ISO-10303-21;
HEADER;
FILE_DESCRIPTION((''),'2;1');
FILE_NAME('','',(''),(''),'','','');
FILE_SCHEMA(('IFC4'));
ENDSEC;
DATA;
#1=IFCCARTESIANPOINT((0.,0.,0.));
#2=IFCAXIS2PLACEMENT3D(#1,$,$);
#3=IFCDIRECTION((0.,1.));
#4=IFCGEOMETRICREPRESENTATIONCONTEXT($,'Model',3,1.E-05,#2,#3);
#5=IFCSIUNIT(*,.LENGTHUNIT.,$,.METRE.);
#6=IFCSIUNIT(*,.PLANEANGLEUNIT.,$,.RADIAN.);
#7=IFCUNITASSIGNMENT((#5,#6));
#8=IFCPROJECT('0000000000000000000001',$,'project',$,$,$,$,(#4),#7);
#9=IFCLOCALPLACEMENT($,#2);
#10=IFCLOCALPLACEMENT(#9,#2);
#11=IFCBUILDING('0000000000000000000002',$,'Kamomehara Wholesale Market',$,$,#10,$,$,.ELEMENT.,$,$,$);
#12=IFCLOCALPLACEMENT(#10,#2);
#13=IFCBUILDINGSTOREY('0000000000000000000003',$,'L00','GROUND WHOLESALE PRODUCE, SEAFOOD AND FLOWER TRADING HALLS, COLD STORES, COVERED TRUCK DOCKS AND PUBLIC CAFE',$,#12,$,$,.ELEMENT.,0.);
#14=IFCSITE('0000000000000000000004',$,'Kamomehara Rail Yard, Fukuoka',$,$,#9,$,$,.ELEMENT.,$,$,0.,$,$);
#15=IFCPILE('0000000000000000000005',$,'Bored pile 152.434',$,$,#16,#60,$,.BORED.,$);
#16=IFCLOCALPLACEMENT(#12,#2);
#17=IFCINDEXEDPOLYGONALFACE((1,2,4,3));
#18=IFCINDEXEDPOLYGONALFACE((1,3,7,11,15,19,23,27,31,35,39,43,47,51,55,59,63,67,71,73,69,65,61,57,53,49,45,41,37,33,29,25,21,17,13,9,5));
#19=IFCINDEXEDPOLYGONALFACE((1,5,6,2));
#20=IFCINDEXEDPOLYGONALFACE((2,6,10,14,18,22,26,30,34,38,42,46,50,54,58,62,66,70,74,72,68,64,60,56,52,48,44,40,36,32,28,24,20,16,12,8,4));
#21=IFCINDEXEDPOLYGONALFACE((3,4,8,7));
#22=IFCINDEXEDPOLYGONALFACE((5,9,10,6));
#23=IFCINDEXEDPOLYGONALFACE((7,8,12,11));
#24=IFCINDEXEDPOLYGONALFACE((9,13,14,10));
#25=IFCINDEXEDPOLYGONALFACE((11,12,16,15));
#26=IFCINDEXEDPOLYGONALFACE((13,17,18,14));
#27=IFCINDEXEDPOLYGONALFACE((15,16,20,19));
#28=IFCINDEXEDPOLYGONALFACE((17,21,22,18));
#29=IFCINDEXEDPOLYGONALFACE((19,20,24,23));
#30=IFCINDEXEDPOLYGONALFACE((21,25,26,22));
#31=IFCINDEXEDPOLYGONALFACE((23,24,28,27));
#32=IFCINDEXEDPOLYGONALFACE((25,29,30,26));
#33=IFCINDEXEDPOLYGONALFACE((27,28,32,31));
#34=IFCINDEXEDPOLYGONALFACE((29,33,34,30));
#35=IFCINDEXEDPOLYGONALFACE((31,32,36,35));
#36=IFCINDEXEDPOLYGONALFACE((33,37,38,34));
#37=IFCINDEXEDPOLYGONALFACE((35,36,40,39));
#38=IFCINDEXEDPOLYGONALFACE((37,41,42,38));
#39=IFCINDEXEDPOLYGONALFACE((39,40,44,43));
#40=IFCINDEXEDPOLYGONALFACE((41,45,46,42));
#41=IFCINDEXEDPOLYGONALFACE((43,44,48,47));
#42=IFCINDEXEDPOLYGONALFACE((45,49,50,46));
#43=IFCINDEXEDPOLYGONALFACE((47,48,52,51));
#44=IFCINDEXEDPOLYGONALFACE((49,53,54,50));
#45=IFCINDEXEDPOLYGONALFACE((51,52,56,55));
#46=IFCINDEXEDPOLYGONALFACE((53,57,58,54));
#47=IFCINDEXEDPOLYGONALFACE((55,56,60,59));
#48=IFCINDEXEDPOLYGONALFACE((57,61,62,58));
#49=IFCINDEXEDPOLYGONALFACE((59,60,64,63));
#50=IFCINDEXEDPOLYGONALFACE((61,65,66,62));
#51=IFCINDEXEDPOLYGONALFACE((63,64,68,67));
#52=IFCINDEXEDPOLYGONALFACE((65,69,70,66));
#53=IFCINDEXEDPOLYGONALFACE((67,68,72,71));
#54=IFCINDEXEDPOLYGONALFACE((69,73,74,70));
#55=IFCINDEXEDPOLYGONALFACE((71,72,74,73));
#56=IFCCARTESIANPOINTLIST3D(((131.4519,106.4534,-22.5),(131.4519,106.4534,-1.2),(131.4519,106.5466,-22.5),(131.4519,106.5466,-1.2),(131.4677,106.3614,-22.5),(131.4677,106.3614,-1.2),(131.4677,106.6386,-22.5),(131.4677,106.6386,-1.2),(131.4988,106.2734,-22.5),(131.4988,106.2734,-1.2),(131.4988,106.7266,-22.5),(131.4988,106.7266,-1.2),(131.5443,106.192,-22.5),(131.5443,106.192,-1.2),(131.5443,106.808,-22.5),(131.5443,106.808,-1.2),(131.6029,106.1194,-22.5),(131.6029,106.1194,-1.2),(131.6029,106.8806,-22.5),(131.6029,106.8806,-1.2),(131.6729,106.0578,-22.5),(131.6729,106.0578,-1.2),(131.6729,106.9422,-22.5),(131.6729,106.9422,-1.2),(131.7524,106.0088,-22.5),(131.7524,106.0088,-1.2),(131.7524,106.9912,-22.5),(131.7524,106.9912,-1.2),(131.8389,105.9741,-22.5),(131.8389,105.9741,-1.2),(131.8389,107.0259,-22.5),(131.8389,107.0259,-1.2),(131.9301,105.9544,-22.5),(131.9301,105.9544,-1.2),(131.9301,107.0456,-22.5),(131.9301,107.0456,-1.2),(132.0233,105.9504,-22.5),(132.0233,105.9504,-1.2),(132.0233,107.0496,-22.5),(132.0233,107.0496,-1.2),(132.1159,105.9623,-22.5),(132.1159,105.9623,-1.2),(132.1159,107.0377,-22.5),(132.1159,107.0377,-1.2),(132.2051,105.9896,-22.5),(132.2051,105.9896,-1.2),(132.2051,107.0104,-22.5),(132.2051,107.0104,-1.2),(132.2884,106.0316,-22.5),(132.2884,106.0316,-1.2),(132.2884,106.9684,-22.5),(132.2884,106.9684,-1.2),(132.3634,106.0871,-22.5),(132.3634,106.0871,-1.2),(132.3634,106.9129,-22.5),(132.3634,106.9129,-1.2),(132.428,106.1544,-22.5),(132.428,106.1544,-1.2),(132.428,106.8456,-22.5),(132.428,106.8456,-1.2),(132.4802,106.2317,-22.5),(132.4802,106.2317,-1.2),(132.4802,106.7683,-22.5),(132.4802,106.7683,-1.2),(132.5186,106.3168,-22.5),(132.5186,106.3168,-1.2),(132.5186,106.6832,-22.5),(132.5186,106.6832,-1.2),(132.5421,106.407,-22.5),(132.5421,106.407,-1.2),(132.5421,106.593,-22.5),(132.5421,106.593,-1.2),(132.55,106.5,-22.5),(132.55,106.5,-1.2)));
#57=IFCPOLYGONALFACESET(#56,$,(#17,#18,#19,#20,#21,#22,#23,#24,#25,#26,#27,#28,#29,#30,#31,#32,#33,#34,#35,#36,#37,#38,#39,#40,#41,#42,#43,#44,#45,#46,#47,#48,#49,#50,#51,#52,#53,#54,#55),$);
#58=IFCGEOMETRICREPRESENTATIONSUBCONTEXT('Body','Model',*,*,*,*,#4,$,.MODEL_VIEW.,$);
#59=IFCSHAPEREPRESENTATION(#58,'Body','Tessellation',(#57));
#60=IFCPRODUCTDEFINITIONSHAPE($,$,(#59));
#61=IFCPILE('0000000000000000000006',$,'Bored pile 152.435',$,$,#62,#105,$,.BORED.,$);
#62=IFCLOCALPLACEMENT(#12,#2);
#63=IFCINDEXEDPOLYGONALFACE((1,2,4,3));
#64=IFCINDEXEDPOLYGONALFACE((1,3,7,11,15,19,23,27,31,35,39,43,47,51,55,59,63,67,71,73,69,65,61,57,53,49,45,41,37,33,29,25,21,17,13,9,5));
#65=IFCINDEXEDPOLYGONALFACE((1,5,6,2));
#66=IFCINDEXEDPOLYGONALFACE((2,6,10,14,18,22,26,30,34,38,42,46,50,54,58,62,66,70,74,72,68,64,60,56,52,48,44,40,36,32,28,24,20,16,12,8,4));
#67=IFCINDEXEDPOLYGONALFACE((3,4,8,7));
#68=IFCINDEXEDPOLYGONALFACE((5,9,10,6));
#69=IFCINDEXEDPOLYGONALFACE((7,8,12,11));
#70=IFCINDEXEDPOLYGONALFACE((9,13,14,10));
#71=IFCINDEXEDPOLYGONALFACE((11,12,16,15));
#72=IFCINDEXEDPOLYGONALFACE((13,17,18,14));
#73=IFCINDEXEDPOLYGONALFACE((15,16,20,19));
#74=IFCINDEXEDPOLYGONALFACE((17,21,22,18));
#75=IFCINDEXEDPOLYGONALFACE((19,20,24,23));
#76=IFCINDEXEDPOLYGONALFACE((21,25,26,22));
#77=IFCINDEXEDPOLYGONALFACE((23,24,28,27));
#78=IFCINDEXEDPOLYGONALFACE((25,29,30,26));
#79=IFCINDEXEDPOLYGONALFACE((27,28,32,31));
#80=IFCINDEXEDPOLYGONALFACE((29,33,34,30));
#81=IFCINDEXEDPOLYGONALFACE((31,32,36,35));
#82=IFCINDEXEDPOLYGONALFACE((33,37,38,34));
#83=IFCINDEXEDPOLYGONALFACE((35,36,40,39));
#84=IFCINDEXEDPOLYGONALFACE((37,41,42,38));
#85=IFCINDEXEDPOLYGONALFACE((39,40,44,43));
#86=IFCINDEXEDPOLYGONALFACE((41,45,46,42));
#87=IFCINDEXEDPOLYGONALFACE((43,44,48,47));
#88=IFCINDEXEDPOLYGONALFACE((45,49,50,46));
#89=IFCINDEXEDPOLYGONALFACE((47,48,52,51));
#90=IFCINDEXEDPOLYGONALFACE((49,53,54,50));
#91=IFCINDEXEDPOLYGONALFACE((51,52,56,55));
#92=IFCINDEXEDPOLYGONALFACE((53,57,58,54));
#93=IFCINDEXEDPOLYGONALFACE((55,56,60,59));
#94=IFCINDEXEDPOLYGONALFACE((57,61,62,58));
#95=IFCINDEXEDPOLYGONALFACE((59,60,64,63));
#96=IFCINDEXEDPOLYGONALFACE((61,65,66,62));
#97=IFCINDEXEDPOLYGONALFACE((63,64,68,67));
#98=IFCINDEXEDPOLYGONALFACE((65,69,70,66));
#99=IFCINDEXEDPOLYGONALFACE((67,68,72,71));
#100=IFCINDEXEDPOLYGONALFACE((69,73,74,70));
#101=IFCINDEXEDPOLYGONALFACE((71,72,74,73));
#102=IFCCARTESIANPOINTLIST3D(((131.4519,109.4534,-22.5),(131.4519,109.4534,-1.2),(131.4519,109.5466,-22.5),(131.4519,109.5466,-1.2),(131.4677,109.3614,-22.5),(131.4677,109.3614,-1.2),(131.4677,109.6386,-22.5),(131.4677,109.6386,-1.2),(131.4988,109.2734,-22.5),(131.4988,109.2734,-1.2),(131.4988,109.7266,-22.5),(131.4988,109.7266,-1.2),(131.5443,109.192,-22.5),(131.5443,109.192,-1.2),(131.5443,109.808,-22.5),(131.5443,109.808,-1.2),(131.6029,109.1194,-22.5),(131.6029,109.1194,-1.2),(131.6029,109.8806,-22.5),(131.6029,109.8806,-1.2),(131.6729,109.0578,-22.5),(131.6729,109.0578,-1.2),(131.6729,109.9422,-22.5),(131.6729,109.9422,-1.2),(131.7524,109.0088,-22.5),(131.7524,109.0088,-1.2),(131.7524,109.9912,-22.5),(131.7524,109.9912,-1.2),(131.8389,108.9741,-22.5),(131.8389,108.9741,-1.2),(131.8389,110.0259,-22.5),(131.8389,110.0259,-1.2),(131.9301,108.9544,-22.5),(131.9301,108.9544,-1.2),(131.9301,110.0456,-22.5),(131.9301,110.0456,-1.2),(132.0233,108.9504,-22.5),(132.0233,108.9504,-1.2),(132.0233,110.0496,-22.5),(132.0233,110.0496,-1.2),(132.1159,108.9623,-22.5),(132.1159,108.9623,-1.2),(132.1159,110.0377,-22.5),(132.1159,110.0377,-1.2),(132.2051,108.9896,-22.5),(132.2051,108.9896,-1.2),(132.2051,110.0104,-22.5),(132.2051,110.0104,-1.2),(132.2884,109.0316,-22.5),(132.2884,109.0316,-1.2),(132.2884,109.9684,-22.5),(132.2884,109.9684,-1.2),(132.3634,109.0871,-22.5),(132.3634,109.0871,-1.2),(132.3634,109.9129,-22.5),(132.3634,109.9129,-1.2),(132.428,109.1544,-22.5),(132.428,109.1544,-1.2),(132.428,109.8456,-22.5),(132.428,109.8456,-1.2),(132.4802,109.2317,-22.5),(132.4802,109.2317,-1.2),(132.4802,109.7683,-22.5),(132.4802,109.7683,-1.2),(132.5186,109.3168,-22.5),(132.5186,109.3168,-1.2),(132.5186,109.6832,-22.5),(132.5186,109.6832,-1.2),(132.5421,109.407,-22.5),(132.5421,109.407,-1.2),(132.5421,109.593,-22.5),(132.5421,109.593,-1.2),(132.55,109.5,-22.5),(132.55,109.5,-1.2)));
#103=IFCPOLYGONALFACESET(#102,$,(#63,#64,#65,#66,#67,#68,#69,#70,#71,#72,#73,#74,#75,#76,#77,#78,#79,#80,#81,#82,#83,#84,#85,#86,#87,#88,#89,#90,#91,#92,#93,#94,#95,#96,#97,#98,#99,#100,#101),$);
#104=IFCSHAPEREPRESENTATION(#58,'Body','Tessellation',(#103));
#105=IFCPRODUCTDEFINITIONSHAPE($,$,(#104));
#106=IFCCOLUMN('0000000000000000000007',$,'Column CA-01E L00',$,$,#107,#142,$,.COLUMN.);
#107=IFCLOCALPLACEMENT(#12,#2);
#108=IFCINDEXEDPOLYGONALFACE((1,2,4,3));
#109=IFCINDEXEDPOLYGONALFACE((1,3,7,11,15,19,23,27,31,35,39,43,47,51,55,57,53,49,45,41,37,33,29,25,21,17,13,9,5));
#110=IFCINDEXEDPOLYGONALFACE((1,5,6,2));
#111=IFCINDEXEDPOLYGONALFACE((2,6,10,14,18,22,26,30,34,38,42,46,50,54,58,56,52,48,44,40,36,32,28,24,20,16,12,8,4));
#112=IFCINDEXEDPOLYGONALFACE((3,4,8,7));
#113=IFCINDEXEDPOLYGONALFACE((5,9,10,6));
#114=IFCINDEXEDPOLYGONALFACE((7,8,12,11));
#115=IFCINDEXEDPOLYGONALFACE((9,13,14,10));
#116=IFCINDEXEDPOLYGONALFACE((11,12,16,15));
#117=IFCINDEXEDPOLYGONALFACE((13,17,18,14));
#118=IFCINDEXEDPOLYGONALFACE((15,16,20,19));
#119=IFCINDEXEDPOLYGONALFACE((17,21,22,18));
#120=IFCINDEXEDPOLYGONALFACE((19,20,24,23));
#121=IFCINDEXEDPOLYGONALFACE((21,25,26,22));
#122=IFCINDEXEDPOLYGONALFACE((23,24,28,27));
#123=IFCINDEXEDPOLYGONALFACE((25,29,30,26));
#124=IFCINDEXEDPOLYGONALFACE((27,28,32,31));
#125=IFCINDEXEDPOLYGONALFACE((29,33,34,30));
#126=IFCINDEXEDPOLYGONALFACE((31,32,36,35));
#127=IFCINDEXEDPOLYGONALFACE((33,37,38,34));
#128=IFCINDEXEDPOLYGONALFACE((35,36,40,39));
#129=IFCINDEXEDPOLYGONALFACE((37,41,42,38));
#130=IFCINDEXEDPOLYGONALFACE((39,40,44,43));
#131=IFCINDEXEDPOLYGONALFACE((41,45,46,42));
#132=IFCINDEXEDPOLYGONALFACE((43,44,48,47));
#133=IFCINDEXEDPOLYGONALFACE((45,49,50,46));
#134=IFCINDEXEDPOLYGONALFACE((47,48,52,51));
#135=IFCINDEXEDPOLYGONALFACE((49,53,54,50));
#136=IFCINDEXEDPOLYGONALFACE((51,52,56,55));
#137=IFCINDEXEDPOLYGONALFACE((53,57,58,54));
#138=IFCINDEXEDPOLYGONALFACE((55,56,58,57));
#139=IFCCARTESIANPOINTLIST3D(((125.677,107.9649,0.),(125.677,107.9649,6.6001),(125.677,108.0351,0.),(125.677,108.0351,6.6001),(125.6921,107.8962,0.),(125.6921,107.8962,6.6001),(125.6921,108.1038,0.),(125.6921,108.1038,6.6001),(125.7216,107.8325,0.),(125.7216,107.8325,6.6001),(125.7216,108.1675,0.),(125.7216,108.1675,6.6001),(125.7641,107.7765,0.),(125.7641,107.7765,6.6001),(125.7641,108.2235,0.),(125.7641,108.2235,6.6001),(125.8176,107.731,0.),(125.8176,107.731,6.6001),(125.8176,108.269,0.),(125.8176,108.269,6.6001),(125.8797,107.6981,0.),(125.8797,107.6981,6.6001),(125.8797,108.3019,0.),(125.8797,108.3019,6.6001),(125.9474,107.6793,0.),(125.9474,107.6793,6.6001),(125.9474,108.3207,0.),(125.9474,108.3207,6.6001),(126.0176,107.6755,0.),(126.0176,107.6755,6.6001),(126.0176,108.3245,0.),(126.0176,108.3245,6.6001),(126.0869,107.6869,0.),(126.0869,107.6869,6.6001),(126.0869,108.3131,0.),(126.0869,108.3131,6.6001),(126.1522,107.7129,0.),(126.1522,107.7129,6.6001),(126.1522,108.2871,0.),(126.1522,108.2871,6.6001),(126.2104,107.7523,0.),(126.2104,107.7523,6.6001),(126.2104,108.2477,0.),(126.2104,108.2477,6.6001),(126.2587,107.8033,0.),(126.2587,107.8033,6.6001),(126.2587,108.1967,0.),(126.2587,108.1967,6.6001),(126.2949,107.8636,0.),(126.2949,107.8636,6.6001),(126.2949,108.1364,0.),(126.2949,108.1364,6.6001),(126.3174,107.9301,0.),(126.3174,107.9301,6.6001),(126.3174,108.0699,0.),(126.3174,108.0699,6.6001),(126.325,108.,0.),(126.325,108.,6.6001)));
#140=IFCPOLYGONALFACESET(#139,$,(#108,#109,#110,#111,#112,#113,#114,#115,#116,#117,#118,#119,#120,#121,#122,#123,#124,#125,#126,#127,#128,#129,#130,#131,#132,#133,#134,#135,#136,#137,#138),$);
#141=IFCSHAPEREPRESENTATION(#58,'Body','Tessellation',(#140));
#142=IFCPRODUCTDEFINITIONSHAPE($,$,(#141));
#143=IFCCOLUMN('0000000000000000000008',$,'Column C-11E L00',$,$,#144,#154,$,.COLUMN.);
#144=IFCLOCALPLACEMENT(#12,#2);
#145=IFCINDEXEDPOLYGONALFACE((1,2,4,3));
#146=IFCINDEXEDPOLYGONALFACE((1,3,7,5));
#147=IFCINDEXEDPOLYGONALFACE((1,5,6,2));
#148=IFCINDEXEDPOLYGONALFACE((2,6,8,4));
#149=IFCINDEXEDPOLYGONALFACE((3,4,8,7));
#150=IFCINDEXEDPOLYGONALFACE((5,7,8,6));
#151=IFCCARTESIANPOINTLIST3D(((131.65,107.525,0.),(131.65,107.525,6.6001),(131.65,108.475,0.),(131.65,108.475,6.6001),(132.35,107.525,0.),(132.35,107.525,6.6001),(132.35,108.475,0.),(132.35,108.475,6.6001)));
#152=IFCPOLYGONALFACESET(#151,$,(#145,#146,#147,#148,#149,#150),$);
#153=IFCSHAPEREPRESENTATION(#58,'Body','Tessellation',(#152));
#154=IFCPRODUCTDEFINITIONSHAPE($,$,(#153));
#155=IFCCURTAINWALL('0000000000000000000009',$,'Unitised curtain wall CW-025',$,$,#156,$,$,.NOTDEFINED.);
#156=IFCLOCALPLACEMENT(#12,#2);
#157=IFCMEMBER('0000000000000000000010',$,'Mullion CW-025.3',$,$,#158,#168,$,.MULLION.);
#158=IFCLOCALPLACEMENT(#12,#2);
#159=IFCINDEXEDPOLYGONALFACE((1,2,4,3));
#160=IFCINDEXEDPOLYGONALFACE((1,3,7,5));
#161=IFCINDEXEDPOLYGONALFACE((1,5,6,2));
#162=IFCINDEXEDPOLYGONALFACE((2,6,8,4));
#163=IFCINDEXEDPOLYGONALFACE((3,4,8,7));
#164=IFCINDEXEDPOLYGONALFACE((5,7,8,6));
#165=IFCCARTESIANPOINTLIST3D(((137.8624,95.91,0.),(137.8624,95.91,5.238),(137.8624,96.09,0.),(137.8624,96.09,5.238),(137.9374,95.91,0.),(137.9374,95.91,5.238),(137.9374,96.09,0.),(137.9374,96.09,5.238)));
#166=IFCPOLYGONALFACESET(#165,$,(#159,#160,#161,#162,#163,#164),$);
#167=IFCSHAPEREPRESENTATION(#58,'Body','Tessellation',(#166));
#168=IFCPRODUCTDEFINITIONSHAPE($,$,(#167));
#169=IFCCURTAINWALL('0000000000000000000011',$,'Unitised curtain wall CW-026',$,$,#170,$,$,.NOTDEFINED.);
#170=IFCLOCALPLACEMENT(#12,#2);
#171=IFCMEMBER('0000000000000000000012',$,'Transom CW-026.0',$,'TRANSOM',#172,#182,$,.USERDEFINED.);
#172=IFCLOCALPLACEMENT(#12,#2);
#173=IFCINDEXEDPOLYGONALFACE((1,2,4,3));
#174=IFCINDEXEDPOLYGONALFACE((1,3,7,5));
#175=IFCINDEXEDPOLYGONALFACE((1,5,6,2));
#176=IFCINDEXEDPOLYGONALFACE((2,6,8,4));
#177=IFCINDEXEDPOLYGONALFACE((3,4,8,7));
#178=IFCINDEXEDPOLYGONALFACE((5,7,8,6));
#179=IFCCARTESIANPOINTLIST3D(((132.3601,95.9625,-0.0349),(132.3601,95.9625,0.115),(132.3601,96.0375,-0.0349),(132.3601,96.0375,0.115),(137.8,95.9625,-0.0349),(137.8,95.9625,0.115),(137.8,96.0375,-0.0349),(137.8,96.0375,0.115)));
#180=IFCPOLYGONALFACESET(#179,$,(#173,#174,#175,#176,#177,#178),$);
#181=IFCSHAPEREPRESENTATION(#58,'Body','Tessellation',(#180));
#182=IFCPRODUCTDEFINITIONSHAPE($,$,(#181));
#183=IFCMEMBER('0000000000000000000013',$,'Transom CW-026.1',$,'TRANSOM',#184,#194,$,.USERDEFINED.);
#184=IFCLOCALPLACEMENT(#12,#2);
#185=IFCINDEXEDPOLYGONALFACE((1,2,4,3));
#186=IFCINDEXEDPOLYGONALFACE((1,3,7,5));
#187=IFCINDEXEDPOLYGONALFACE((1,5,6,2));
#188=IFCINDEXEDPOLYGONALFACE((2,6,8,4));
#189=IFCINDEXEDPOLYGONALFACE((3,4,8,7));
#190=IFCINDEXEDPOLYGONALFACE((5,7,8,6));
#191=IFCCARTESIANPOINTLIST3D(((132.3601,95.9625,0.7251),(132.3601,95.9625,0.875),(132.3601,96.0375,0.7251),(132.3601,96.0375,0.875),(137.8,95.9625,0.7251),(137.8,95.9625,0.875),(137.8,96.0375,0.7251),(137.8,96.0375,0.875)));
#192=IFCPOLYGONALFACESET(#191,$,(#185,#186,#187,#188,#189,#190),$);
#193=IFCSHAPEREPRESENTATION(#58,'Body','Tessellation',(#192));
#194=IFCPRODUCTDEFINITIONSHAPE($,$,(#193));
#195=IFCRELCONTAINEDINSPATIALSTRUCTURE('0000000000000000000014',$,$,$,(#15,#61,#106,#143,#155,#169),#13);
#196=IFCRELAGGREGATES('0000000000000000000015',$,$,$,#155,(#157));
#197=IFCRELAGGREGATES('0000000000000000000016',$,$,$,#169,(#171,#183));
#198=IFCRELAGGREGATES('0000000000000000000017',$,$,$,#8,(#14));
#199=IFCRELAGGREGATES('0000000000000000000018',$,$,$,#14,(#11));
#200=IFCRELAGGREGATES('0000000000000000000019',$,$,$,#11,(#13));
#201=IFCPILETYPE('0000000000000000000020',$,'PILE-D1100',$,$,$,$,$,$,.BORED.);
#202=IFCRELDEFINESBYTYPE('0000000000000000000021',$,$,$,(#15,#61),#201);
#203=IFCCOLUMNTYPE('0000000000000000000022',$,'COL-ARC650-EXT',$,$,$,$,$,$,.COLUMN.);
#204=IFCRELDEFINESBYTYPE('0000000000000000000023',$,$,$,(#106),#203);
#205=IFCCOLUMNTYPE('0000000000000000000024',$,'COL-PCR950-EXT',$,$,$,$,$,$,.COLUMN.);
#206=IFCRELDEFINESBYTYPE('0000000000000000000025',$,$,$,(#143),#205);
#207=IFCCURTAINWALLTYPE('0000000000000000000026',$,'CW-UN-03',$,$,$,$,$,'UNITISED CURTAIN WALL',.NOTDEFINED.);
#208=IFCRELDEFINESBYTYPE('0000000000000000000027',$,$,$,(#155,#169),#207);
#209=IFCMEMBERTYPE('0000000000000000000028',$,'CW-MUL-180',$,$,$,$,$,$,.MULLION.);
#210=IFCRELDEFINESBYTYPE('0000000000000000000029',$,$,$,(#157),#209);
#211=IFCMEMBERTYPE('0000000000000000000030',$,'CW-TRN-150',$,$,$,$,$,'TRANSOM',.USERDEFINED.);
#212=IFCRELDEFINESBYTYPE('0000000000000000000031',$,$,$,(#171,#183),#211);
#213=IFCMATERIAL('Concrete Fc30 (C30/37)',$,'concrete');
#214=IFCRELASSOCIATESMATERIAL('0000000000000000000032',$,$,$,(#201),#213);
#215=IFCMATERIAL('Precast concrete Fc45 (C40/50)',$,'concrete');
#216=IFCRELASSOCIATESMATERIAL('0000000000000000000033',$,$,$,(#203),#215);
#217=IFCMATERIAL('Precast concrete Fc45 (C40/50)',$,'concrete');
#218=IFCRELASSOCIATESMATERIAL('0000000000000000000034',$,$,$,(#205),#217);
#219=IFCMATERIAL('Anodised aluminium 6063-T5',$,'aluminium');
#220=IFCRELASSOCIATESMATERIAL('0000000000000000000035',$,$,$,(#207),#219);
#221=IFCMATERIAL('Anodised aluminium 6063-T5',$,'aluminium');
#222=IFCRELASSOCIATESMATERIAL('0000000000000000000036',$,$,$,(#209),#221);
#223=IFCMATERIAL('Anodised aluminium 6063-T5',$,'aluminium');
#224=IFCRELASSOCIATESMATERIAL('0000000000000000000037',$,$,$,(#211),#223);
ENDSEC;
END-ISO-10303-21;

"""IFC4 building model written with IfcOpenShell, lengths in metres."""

from ifc_helpers import new_model, si_unit, direction, frame, origin, origin_2d, place, context, subcontext, project, spatial, rectangle, circle, extrude, material, material_profile, profile_set, type_object, element, aggregate, save


model = new_model("IFC4")

# Units and contexts
model_context = context("Model", 3, precision=1e-05, world=origin(), true_north=direction((0.0, 1.0)))
body_context = subcontext(model_context, "Body", "Model", "MODEL_VIEW")
ifc_project = project(units=[si_unit("LENGTHUNIT", "METRE"), si_unit("PLANEANGLEUNIT", "RADIAN")], contexts=[model_context])

# Site, building, storey
site_placement = place(None, origin())
site = spatial("IfcSite", under=ifc_project, at=site_placement, Name="Kamomehara Rail Yard, Fukuoka", CompositionType="ELEMENT", RefElevation=0.0)
building_placement = place(site_placement, origin())
building = spatial("IfcBuilding", under=site, at=building_placement, Name="Kamomehara Wholesale Market", CompositionType="ELEMENT")
storey_placement = place(building_placement, origin())
storey = spatial("IfcBuildingStorey", under=building, at=storey_placement, Name="L00", Description="GROUND WHOLESALE PRODUCE, SEAFOOD AND FLOWER TRADING HALLS, COLD STORES, COVERED TRUCK DOCKS AND PUBLIC CAFE", CompositionType="ELEMENT", Elevation=0.0)

# Piles
ifc_material_1 = material(Name="Concrete Fc30 (C30/37)", Category="concrete")
ifc_material_profile_1 = material_profile(ifc_material_1, circle(Radius=0.55, at=origin_2d()), Name="RC-PILE-D1100")
ifc_profile_set_1 = profile_set([ifc_material_profile_1], Name="Concrete Fc30 (C30/37)")
pile_type_1 = type_object("IfcPileType", Name="PILE-D1100", PredefinedType="BORED", material=ifc_profile_set_1)
for number, where, z_axis, x_axis, name in (
    (1, (132.0, 106.5, -1.2), (0.0, 0.0, -1.0), (1.0, 0.0, 0.0), "Bored pile 152.434"),
    (2, (132.0, 109.5, -1.2), (0.0, 0.0, -1.0), (1.0, 0.0, 0.0), "Bored pile 152.435"),
):
    element("IfcPile", number, at=place(storey_placement, frame(where, z_axis=z_axis, x_axis=x_axis)), inside=storey, type_object=pile_type_1, Name=name, PredefinedType="BORED", context=body_context, shape_type="SweptSolid", body=[
        extrude(circle(Radius=0.55, at=origin_2d()), origin(), (0.0, 0.0, 1.0), 21.3),
    ])

# Columns
ifc_material_2 = material(Name="Precast concrete Fc45 (C40/50)", Category="concrete")
ifc_material_profile_2 = material_profile(ifc_material_2, circle(Radius=0.325, at=origin_2d()), Name="PC-ARC-D650")
ifc_profile_set_2 = profile_set([ifc_material_profile_2], Name="Precast concrete Fc45 (C40/50)")
column_type_1 = type_object("IfcColumnType", Name="COL-ARC650-EXT", PredefinedType="COLUMN", material=ifc_profile_set_2)
column_1_placement = place(storey_placement, frame((126.0, 108.0, 0.0), z_axis=(0.0, 0.0, 1.0), x_axis=(1.0, 0.0, 0.0)))
element("IfcColumn", 3, at=column_1_placement, inside=storey, type_object=column_type_1, Name="Column CA-01E L00", PredefinedType="COLUMN", context=body_context, shape_type="SweptSolid", body=[
    extrude(circle(Radius=0.325, at=origin_2d()), origin(), (0.0, 0.0, 1.0), 6.6001),
])
ifc_material_3 = material(Name="Precast concrete Fc45 (C40/50)", Category="concrete")
ifc_material_profile_3 = material_profile(ifc_material_3, rectangle(XDim=0.7, YDim=0.95, at=origin_2d()), Name="PC-COL-700x950")
ifc_profile_set_3 = profile_set([ifc_material_profile_3], Name="Precast concrete Fc45 (C40/50)")
column_type_2 = type_object("IfcColumnType", Name="COL-PCR950-EXT", PredefinedType="COLUMN", material=ifc_profile_set_3)
column_2_placement = place(storey_placement, frame((132.0, 108.0, 0.0), z_axis=(0.0, 0.0, 1.0), x_axis=(1.0, 0.0, 0.0)))
element("IfcColumn", 4, at=column_2_placement, inside=storey, type_object=column_type_2, Name="Column C-11E L00", PredefinedType="COLUMN", context=body_context, shape_type="SweptSolid", body=[
    extrude(rectangle(XDim=0.7, YDim=0.95, at=origin_2d()), origin(), (0.0, 0.0, 1.0), 6.6001),
])

# Curtain wall, member
ifc_material_4 = material(Name="Anodised aluminium 6063-T5", Category="aluminium")
curtain_wall_type = type_object("IfcCurtainWallType", Name="CW-UN-03", ElementType="UNITISED CURTAIN WALL", PredefinedType="NOTDEFINED", material=ifc_material_4)
curtain_wall_1_placement = place(storey_placement, origin())
curtain_wall_1 = element("IfcCurtainWall", 5, at=curtain_wall_1_placement, inside=storey, type_object=curtain_wall_type, Name="Unitised curtain wall CW-025", PredefinedType="NOTDEFINED")
ifc_material_5 = material(Name="Anodised aluminium 6063-T5", Category="aluminium")
ifc_material_profile_4 = material_profile(ifc_material_5, rectangle(XDim=0.075, YDim=0.1799, at=origin_2d()), Name="ALU-MUL-75x180")
ifc_profile_set_4 = profile_set([ifc_material_profile_4], Name="Anodised aluminium 6063-T5")
member_type_1 = type_object("IfcMemberType", Name="CW-MUL-180", PredefinedType="MULLION", material=ifc_profile_set_4)
member_1_placement = place(storey_placement, frame((137.8999, 96.0, 0.0), z_axis=(0.0, 0.0, 1.0), x_axis=(-1.0, 0.0, 0.0)))
member_1 = element("IfcMember", 6, at=member_1_placement, type_object=member_type_1, Name="Mullion CW-025.3", PredefinedType="MULLION", context=body_context, shape_type="SweptSolid", body=[
    extrude(rectangle(XDim=0.075, YDim=0.1799, at=origin_2d()), origin(), (0.0, 0.0, 1.0), 5.238),
])
aggregate(curtain_wall_1, [member_1])

# Curtain wall, members
curtain_wall_2_placement = place(storey_placement, origin())
curtain_wall_2 = element("IfcCurtainWall", 7, at=curtain_wall_2_placement, inside=storey, type_object=curtain_wall_type, Name="Unitised curtain wall CW-026", PredefinedType="NOTDEFINED")
ifc_material_6 = material(Name="Anodised aluminium 6063-T5", Category="aluminium")
ifc_material_profile_5 = material_profile(ifc_material_6, rectangle(XDim=0.075, YDim=0.1499, at=origin_2d()), Name="ALU-TRN-75x150")
ifc_profile_set_5 = profile_set([ifc_material_profile_5], Name="Anodised aluminium 6063-T5")
member_type_2 = type_object("IfcMemberType", Name="CW-TRN-150", ElementType="TRANSOM", PredefinedType="USERDEFINED", material=ifc_profile_set_5)
member_2_placement = place(storey_placement, frame((137.8, 96.0, 0.04), z_axis=(-1.0, 0.0, 0.0), x_axis=(0.0, -1.0, 0.0)))
member_2 = element("IfcMember", 8, at=member_2_placement, type_object=member_type_2, Name="Transom CW-026.0", ObjectType="TRANSOM", PredefinedType="USERDEFINED", context=body_context, shape_type="SweptSolid", body=[
    extrude(rectangle(XDim=0.075, YDim=0.1499, at=origin_2d()), origin(), (0.0, 0.0, 1.0), 5.4399),
])
member_3_placement = place(storey_placement, frame((137.8, 96.0, 0.8), z_axis=(-1.0, 0.0, 0.0), x_axis=(0.0, -1.0, 0.0)))
member_3 = element("IfcMember", 9, at=member_3_placement, type_object=member_type_2, Name="Transom CW-026.1", ObjectType="TRANSOM", PredefinedType="USERDEFINED", context=body_context, shape_type="SweptSolid", body=[
    extrude(rectangle(XDim=0.075, YDim=0.1499, at=origin_2d()), origin(), (0.0, 0.0, 1.0), 5.4399),
])
aggregate(curtain_wall_2, [member_2, member_3])

save(model, "model.ifc")
